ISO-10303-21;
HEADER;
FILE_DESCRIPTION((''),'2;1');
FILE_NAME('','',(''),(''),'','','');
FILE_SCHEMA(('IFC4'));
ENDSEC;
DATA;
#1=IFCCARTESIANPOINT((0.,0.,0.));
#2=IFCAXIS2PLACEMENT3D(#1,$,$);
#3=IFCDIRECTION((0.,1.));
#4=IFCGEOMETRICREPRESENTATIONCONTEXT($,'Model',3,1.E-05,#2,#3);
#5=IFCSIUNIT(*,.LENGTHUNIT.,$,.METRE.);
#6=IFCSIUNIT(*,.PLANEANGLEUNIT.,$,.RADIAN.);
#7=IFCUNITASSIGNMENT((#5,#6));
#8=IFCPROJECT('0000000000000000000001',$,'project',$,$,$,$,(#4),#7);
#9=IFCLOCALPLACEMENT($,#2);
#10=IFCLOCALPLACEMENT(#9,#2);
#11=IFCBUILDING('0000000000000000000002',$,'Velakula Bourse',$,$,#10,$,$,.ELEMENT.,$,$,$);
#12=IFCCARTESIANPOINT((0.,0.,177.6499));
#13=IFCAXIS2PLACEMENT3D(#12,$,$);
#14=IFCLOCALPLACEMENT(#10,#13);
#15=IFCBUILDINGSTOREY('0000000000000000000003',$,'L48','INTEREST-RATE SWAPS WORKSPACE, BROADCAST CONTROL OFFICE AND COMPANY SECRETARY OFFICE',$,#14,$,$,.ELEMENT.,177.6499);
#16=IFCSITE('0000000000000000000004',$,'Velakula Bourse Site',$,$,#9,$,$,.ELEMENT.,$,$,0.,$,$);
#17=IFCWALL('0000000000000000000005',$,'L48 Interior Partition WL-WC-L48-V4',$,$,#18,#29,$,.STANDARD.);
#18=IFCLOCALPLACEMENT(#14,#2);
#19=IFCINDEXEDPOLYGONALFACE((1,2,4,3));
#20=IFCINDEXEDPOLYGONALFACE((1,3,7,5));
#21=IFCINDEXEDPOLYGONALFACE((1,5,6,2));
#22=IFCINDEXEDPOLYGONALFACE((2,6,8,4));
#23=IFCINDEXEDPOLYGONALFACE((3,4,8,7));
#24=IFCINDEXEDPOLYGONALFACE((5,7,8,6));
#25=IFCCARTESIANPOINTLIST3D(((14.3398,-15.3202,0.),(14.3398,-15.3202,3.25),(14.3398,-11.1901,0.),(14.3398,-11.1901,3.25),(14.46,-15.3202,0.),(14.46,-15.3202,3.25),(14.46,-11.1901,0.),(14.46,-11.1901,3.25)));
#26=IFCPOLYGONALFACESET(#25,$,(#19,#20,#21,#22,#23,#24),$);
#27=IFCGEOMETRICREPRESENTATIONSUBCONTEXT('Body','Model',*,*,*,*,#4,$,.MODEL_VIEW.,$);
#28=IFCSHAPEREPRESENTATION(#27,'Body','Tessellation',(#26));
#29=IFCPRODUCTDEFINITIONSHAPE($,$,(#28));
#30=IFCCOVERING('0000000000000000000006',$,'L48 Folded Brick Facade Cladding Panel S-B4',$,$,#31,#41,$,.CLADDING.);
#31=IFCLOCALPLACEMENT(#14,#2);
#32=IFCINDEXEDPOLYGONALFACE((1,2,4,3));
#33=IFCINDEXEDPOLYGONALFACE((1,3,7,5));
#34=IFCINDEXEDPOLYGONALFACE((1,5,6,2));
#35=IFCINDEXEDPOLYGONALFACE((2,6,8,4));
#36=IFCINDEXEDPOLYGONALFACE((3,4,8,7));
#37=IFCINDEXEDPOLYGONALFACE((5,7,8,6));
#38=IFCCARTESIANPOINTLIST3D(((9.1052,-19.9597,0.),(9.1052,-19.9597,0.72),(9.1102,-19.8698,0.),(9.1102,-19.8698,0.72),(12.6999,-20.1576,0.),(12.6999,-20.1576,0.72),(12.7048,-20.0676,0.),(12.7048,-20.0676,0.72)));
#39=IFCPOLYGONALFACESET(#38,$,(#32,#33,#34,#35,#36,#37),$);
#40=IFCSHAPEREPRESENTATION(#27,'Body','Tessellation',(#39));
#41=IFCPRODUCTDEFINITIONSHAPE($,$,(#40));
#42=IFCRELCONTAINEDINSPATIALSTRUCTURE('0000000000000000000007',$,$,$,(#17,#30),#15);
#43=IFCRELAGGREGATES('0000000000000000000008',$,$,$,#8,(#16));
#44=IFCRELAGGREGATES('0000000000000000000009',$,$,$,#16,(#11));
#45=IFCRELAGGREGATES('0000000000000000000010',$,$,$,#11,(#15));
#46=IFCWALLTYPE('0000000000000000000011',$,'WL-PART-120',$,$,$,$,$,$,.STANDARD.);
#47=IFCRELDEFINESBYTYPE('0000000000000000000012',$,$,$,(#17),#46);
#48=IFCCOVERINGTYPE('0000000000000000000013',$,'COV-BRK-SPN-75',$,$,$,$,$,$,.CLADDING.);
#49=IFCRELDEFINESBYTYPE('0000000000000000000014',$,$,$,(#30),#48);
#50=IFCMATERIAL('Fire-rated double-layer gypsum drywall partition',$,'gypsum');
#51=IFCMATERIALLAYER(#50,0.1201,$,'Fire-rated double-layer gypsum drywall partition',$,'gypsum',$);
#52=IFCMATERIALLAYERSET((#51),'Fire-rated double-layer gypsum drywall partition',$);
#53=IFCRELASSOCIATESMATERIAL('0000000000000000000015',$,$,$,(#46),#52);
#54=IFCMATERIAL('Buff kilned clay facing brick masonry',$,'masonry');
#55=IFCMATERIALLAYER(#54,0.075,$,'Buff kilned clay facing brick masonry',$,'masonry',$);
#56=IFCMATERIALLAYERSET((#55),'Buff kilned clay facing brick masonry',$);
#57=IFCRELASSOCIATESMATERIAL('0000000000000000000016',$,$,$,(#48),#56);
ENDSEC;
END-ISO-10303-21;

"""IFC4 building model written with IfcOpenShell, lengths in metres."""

from ifc_helpers import new_model, si_unit, direction, frame, frame_2d, origin, origin_2d, place, context, subcontext, project, spatial, rectangle, extrude, material, layer, layer_set, type_object, element, save


model = new_model("IFC4")

# Units and contexts
model_context = context("Model", 3, precision=1e-05, world=origin(), true_north=direction((0.0, 1.0)))
body_context = subcontext(model_context, "Body", "Model", "MODEL_VIEW")
ifc_project = project(units=[si_unit("LENGTHUNIT", "METRE"), si_unit("PLANEANGLEUNIT", "RADIAN")], contexts=[model_context])

# Site, building, storey
site_placement = place(None, origin())
site = spatial("IfcSite", under=ifc_project, at=site_placement, Name="Velakula Bourse Site", CompositionType="ELEMENT", RefElevation=0.0)
building_placement = place(site_placement, origin())
building = spatial("IfcBuilding", under=site, at=building_placement, Name="Velakula Bourse", CompositionType="ELEMENT")
storey_placement = place(building_placement, frame((0.0, 0.0, 177.6499)))
storey = spatial("IfcBuildingStorey", under=building, at=storey_placement, Name="L48", Description="INTEREST-RATE SWAPS WORKSPACE, BROADCAST CONTROL OFFICE AND COMPANY SECRETARY OFFICE", CompositionType="ELEMENT", Elevation=177.6499)

# Wall
ifc_material_1 = material(Name="Fire-rated double-layer gypsum drywall partition", Category="gypsum")
ifc_layer_1 = layer(ifc_material_1, 0.1201, Name="Fire-rated double-layer gypsum drywall partition", Category="gypsum")
ifc_layer_set_1 = layer_set([ifc_layer_1], Name="Fire-rated double-layer gypsum drywall partition")
wall_type_1 = type_object("IfcWallType", Name="WL-PART-120", PredefinedType="STANDARD", material=ifc_layer_set_1)
for number, where, z_axis, x_axis, name in (
    (1, (14.3999, -15.3201, 0.0), (0.0, 0.0, 1.0), (0.0, 1.0, 0.0), "L48 Interior Partition WL-WC-L48-V4"),
):
    element("IfcWall", number, at=place(storey_placement, frame(where, z_axis=z_axis, x_axis=x_axis)), inside=storey, type_object=wall_type_1, Name=name, PredefinedType="STANDARD", context=body_context, shape_type="SweptSolid", body=[
        extrude(rectangle(XDim=4.1301, YDim=0.1201, at=frame_2d((2.0649, 0.0))), origin(), (0.0, 0.0, 1.0), 3.25),
    ])

# Covering
ifc_material_2 = material(Name="Buff kilned clay facing brick masonry", Category="masonry")
ifc_layer_2 = layer(ifc_material_2, 0.075, Name="Buff kilned clay facing brick masonry", Category="masonry")
ifc_layer_set_2 = layer_set([ifc_layer_2], Name="Buff kilned clay facing brick masonry")
covering_type = type_object("IfcCoveringType", Name="COV-BRK-SPN-75", PredefinedType="CLADDING", material=ifc_layer_set_2)
covering_placement = place(storey_placement, frame((10.905, -20.0137, 0.0), z_axis=(0.0, 0.0, 1.0), x_axis=(0.998489, -0.05495, 0.0)))
element("IfcCovering", 2, at=covering_placement, inside=storey, type_object=covering_type, Name="L48 Folded Brick Facade Cladding Panel S-B4", PredefinedType="CLADDING", context=body_context, shape_type="SweptSolid", body=[
    extrude(rectangle(XDim=3.6001, YDim=0.0901, at=origin_2d()), origin(), (0.0, 0.0, 1.0), 0.72),
])

save(model, "model.ifc")
